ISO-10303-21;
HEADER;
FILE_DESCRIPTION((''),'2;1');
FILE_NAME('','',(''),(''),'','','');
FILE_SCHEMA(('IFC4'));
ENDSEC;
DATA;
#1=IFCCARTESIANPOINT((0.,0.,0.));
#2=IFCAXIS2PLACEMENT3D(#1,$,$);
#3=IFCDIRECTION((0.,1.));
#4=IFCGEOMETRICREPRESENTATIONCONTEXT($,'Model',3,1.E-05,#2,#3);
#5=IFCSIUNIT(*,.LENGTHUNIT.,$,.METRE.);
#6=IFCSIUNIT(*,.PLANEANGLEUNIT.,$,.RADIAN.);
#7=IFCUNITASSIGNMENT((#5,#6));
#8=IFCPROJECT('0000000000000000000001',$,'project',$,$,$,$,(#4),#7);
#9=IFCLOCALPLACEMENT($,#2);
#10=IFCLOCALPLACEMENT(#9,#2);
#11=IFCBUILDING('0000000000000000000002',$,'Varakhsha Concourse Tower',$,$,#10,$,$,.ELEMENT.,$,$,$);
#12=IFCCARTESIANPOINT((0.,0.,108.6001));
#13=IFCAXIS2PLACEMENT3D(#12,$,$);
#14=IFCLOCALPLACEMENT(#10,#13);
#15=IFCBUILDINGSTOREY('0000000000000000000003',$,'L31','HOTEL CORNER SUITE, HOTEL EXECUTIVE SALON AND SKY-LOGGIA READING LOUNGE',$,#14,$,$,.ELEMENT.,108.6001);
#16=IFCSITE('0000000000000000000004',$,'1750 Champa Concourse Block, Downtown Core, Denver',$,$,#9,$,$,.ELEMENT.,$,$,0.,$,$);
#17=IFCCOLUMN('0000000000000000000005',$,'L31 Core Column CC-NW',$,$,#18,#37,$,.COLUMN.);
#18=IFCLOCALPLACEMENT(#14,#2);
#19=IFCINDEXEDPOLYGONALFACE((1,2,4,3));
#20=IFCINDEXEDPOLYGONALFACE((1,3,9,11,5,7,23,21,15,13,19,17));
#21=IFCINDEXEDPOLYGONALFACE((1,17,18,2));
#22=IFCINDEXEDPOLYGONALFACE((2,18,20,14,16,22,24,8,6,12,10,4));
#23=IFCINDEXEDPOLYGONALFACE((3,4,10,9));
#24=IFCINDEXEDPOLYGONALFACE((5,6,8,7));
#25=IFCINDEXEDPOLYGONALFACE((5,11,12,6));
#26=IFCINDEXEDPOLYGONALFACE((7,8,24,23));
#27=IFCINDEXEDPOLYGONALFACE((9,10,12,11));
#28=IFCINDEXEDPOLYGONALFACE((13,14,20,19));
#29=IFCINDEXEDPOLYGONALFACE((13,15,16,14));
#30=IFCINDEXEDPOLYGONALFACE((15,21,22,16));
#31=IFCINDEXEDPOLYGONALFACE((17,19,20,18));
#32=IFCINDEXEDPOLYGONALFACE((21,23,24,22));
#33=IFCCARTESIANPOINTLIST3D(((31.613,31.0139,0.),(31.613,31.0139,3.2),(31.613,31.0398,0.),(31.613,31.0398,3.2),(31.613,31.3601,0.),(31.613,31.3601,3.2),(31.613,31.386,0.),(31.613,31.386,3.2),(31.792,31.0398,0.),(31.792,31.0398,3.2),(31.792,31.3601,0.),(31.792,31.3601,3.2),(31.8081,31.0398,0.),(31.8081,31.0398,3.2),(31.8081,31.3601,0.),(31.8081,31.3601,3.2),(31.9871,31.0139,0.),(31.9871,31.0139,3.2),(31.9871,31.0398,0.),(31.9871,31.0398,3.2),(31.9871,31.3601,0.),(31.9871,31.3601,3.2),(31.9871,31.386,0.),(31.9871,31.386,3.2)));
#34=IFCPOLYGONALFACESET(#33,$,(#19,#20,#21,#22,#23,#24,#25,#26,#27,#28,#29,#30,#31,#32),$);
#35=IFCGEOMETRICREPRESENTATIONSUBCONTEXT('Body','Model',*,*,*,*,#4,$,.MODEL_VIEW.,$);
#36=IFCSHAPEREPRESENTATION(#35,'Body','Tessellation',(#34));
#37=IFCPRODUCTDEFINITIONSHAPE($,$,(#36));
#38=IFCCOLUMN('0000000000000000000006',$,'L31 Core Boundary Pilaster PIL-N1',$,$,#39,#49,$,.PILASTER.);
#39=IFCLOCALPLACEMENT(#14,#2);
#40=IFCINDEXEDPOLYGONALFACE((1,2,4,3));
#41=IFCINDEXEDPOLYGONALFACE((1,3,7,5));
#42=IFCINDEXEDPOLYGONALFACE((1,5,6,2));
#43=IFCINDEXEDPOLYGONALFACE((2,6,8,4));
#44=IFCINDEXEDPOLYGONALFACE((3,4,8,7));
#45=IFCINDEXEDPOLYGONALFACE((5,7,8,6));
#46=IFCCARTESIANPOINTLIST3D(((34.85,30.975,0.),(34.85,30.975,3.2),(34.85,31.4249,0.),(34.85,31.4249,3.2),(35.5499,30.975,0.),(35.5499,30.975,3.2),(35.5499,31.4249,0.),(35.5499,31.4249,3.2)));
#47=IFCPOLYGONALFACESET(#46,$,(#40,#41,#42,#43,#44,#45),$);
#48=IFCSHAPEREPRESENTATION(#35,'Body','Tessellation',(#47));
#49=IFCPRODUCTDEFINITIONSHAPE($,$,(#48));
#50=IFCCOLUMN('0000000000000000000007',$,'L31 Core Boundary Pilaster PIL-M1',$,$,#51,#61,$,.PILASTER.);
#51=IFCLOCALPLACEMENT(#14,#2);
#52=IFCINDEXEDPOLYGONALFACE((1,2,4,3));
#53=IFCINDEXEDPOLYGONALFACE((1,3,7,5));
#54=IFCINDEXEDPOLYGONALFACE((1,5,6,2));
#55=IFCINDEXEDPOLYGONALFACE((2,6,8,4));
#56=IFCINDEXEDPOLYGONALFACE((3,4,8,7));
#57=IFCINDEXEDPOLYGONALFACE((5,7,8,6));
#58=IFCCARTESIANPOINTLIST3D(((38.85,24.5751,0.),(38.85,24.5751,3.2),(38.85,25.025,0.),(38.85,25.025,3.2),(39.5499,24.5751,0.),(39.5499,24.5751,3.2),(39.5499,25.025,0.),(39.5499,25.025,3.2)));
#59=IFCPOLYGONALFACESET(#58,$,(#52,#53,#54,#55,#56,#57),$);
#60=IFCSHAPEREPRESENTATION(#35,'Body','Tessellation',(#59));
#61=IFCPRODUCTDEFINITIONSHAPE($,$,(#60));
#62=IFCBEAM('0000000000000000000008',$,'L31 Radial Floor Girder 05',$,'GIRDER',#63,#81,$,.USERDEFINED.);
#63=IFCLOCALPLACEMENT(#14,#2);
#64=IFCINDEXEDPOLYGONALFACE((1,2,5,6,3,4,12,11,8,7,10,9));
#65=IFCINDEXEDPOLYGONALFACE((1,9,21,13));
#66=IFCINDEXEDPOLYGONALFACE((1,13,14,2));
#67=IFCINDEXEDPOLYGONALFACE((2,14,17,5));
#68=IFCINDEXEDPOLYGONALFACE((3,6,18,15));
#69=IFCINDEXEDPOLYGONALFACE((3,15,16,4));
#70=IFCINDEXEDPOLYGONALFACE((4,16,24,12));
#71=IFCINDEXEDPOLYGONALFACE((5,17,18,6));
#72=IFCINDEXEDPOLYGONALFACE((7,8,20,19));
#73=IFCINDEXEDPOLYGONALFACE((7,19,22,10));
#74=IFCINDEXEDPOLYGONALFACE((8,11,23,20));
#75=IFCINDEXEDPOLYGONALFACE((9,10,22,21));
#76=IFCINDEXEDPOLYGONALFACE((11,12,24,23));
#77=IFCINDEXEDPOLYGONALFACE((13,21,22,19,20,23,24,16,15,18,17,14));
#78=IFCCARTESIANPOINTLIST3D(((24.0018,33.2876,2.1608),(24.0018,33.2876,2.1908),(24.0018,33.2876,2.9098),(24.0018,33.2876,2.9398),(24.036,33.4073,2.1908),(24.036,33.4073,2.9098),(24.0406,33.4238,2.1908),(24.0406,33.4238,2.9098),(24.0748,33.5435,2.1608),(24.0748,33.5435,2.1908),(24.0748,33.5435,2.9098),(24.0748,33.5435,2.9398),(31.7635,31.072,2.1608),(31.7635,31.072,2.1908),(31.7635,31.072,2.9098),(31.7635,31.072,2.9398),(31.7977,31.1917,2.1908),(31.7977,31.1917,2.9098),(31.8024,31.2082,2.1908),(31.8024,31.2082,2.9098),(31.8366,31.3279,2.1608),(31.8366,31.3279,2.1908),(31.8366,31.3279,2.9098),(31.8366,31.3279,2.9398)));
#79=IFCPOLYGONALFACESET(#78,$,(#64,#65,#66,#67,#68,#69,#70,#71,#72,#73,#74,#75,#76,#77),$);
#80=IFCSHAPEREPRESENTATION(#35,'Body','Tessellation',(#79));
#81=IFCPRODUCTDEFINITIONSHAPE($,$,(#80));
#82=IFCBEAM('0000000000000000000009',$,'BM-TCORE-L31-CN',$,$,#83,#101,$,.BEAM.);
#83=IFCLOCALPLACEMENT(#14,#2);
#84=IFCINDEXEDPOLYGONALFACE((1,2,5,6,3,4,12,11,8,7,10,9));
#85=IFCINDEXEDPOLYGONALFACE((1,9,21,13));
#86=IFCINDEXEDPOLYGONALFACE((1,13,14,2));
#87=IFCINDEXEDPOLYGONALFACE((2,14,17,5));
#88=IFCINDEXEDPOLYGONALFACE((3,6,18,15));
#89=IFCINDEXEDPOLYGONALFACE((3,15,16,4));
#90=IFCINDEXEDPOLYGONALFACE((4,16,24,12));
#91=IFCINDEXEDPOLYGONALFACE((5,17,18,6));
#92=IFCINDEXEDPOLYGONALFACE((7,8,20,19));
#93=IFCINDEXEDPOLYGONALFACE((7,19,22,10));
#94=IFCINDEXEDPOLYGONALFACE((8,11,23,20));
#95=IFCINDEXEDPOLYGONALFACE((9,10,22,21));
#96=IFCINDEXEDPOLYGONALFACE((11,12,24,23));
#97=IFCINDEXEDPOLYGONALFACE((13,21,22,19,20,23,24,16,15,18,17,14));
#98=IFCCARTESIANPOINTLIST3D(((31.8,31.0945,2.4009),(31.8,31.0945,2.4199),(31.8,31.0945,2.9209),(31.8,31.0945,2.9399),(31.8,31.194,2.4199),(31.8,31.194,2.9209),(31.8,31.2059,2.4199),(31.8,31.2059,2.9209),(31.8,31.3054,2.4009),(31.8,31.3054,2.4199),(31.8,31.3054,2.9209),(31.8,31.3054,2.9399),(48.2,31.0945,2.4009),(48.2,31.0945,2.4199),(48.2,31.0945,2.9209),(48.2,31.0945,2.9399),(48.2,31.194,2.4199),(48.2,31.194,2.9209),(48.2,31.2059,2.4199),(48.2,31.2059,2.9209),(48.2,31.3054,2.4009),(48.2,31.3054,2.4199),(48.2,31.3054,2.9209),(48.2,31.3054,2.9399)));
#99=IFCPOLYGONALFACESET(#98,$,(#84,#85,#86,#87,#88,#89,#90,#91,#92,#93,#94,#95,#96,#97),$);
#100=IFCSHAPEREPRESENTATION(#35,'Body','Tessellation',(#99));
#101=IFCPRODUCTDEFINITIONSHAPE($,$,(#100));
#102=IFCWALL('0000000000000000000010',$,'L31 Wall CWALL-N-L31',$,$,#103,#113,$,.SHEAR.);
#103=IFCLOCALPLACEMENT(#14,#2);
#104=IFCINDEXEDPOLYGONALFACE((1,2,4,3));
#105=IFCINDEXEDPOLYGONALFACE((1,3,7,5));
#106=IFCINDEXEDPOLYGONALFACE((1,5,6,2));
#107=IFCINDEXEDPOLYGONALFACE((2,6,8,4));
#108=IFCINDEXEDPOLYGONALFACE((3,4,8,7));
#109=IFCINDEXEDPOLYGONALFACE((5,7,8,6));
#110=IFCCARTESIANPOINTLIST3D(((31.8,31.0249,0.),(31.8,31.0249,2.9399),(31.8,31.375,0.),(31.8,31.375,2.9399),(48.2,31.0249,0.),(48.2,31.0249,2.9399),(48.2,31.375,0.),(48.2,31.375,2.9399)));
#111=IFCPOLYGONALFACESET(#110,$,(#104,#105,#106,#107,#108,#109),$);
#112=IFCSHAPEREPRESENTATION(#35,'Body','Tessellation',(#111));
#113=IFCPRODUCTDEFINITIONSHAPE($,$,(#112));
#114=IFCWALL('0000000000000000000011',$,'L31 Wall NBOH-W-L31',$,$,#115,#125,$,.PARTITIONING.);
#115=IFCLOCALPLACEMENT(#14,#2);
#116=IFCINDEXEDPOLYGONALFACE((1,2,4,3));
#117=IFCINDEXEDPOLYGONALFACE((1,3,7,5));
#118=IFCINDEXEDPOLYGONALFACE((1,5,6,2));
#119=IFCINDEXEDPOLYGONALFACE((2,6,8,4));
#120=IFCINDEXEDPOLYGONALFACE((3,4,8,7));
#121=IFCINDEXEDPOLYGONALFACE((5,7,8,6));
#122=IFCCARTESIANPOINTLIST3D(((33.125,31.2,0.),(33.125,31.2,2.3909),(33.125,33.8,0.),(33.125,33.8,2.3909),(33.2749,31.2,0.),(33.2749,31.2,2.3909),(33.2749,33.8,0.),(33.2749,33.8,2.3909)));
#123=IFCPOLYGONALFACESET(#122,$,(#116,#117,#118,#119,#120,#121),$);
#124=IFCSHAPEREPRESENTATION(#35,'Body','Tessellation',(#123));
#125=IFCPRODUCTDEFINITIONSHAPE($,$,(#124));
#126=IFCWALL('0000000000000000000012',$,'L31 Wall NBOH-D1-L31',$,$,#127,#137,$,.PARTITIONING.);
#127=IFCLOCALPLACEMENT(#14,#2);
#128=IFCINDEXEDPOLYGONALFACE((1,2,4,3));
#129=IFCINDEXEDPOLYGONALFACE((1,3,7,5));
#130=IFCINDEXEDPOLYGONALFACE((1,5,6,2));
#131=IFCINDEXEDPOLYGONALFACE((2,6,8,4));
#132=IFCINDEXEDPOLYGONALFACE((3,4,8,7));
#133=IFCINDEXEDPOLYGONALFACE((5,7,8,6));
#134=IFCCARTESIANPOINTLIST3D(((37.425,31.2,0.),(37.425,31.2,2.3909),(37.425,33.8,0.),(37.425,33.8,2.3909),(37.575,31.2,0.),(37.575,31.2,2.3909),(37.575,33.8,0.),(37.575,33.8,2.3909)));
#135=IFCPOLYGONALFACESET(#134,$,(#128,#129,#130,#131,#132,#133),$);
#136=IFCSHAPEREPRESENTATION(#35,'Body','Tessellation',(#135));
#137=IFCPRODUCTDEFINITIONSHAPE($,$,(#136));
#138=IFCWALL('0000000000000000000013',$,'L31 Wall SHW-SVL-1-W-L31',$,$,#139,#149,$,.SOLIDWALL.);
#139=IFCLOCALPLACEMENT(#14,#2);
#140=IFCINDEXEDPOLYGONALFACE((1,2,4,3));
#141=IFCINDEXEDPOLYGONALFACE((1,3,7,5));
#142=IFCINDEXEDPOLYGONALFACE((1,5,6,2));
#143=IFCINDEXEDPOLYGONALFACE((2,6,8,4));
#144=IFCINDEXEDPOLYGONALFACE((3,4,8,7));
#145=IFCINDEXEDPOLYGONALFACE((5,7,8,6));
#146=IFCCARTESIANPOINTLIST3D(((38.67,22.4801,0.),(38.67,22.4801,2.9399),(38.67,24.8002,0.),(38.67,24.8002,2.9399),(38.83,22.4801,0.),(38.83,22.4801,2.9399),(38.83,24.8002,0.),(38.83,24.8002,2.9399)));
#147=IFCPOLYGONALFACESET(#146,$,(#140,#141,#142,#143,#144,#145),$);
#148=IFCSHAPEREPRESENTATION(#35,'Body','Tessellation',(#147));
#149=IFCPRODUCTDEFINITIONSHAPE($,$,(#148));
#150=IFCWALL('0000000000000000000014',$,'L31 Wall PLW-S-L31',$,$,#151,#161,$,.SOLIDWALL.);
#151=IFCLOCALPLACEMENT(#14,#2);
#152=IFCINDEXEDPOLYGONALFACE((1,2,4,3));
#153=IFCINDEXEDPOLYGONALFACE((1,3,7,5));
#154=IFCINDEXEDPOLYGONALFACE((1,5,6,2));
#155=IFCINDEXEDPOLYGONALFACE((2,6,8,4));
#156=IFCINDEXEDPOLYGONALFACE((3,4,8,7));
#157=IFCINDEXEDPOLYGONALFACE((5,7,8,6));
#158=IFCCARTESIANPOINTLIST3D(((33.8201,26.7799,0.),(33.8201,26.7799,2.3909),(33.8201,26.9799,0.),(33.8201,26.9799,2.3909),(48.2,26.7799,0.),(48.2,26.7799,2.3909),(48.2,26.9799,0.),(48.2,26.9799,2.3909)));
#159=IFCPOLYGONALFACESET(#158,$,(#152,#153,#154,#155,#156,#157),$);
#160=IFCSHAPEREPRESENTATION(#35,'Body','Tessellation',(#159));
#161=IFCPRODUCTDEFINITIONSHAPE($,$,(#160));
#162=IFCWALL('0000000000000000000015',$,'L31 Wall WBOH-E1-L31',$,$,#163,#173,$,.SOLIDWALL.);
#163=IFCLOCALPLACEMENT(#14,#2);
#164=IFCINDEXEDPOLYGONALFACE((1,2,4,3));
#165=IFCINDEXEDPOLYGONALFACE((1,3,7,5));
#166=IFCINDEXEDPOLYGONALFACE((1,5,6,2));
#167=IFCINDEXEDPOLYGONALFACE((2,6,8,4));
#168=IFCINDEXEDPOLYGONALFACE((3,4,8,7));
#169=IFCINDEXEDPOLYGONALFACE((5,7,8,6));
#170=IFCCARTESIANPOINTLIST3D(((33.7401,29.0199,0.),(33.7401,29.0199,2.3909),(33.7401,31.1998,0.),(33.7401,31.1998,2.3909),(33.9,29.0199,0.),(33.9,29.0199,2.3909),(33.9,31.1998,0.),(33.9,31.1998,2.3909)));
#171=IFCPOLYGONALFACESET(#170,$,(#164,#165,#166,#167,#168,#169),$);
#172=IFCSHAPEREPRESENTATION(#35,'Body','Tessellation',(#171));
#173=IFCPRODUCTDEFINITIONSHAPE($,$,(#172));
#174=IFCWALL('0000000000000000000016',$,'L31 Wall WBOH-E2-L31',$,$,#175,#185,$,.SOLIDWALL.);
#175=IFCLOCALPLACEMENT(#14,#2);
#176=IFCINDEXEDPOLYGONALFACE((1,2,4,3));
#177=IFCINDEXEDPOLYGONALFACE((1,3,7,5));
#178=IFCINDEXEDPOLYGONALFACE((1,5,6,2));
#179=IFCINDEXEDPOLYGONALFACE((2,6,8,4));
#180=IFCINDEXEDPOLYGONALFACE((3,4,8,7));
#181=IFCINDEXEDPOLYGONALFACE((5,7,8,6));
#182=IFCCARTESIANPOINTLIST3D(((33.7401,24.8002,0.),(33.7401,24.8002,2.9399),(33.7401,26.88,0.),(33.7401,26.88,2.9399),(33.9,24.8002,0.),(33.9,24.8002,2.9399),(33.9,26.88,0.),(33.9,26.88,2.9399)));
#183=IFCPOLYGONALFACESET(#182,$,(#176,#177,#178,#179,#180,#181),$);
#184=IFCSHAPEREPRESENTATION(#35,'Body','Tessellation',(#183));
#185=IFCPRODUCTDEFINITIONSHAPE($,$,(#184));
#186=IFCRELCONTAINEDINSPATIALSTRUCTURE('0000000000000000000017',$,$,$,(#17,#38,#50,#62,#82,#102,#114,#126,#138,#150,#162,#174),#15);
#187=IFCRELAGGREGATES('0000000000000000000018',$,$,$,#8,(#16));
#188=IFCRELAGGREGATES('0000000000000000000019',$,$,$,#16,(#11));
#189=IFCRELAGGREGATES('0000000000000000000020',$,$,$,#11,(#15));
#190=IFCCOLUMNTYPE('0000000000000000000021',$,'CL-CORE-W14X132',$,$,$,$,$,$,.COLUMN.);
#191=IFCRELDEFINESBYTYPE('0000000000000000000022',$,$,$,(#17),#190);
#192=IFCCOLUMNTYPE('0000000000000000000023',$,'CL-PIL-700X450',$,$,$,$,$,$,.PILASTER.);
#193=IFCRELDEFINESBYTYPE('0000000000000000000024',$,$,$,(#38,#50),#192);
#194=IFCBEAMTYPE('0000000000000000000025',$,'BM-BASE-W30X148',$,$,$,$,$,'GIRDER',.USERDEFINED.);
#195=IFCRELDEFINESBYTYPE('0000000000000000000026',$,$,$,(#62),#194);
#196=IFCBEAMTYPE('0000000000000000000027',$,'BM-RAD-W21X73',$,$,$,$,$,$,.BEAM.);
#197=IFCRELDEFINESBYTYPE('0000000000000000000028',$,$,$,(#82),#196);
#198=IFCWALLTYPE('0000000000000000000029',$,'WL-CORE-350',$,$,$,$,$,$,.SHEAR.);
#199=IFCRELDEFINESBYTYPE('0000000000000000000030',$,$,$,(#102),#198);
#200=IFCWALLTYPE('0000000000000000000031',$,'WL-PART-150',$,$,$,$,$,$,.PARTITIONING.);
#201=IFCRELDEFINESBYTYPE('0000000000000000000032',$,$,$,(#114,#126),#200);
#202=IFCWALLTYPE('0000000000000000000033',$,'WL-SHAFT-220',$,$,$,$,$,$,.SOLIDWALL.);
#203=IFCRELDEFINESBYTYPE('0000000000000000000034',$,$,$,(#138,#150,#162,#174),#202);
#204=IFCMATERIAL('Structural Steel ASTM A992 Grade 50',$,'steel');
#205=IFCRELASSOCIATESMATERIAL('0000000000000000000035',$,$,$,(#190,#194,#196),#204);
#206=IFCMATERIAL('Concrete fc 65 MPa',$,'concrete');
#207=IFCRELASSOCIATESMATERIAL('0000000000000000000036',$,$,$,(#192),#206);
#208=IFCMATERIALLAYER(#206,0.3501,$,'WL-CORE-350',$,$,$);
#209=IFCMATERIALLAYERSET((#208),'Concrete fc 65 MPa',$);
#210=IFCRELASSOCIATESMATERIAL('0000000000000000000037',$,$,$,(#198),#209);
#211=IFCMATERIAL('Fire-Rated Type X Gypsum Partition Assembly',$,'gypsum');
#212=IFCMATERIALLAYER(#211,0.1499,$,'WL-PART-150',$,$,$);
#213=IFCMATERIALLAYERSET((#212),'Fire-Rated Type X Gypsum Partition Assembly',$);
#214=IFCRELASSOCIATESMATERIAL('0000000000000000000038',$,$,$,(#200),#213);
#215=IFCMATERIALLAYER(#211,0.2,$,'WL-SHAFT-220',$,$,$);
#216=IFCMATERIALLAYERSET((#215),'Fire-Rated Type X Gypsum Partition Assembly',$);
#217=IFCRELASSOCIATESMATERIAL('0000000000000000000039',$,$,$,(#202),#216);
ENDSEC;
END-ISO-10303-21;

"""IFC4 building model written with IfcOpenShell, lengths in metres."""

from ifc_helpers import new_model, si_unit, direction, frame, frame_2d, origin, origin_2d, place, context, subcontext, project, spatial, rectangle, i_section, extrude, material, layer, layer_set, material_profile, profile_set, type_object, element, save


model = new_model("IFC4")

# Units and contexts
model_context = context("Model", 3, precision=1e-05, world=origin(), true_north=direction((0.0, 1.0)))
body_context = subcontext(model_context, "Body", "Model", "MODEL_VIEW")
ifc_project = project(units=[si_unit("LENGTHUNIT", "METRE"), si_unit("PLANEANGLEUNIT", "RADIAN")], contexts=[model_context])

# Site, building, storey
site_placement = place(None, origin())
site = spatial("IfcSite", under=ifc_project, at=site_placement, Name="1750 Champa Concourse Block, Downtown Core, Denver", CompositionType="ELEMENT", RefElevation=0.0)
building_placement = place(site_placement, origin())
building = spatial("IfcBuilding", under=site, at=building_placement, Name="Varakhsha Concourse Tower", CompositionType="ELEMENT")
storey_placement = place(building_placement, frame((0.0, 0.0, 108.6001)))
storey = spatial("IfcBuildingStorey", under=building, at=storey_placement, Name="L31", Description="HOTEL CORNER SUITE, HOTEL EXECUTIVE SALON AND SKY-LOGGIA READING LOUNGE", CompositionType="ELEMENT", Elevation=108.6001)

# Columns
ifc_material_1 = material(Name="Structural Steel ASTM A992 Grade 50", Category="steel")
ifc_material_profile_1 = material_profile(ifc_material_1, i_section(OverallWidth=0.374, OverallDepth=0.3721, WebThickness=0.0161, FlangeThickness=0.0259, at=origin_2d()), Name="W14X132")
ifc_profile_set_1 = profile_set([ifc_material_profile_1], Name="Structural Steel ASTM A992 Grade 50")
column_type_1 = type_object("IfcColumnType", Name="CL-CORE-W14X132", PredefinedType="COLUMN", material=ifc_profile_set_1)
column_placement = place(storey_placement, frame((31.8, 31.2, 0.0), z_axis=(0.0, 0.0, 1.0), x_axis=(1.0, 0.0, 0.0)))
element("IfcColumn", 1, at=column_placement, inside=storey, type_object=column_type_1, Name="L31 Core Column CC-NW", PredefinedType="COLUMN", context=body_context, shape_type="SweptSolid", body=[
    extrude(i_section(OverallWidth=0.374, OverallDepth=0.3721, WebThickness=0.0161, FlangeThickness=0.0259, at=origin_2d()), origin(), (0.0, 0.0, 1.0), 3.2),
])
ifc_material_2 = material(Name="Concrete fc 65 MPa", Category="concrete")
ifc_material_profile_2 = material_profile(ifc_material_2, rectangle(XDim=0.7, YDim=0.45, at=origin_2d()), Name="RC 700x450")
ifc_profile_set_2 = profile_set([ifc_material_profile_2], Name="Concrete fc 65 MPa")
column_type_2 = type_object("IfcColumnType", Name="CL-PIL-700X450", PredefinedType="PILASTER", material=ifc_profile_set_2)
for number, where, z_axis, x_axis, name in (
    (2, (35.2, 31.2, 0.0), (0.0, 0.0, 1.0), (1.0, 0.0, 0.0), "L31 Core Boundary Pilaster PIL-N1"),
    (3, (39.2, 24.8, 0.0), (0.0, 0.0, 1.0), (1.0, 0.0, 0.0), "L31 Core Boundary Pilaster PIL-M1"),
):
    element("IfcColumn", number, at=place(storey_placement, frame(where, z_axis=z_axis, x_axis=x_axis)), inside=storey, type_object=column_type_2, Name=name, PredefinedType="PILASTER", context=body_context, shape_type="SweptSolid", body=[
        extrude(rectangle(XDim=0.7, YDim=0.45, at=origin_2d()), origin(), (0.0, 0.0, 1.0), 3.2),
    ])

# Beams
ifc_material_profile_3 = material_profile(ifc_material_1, i_section(OverallWidth=0.2661, OverallDepth=0.7791, WebThickness=0.0171, FlangeThickness=0.03, at=origin_2d()), Name="W30X148")
ifc_profile_set_3 = profile_set([ifc_material_profile_3], Name="Structural Steel ASTM A992 Grade 50")
beam_type_1 = type_object("IfcBeamType", Name="BM-BASE-W30X148", ElementType="GIRDER", PredefinedType="USERDEFINED", material=ifc_profile_set_3)
beam_1_placement = place(storey_placement, frame((31.8, 31.2, 2.5503), z_axis=(-0.961591, 0.274485, 0.0), x_axis=(-0.274485, -0.961591, 0.0)))
element("IfcBeam", 4, at=beam_1_placement, inside=storey, type_object=beam_type_1, Name="L31 Radial Floor Girder 05", ObjectType="GIRDER", PredefinedType="USERDEFINED", context=body_context, shape_type="SweptSolid", body=[
    extrude(i_section(OverallWidth=0.2661, OverallDepth=0.7791, WebThickness=0.0171, FlangeThickness=0.03, at=origin_2d()), origin(), (0.0, 0.0, 1.0), 8.0718),
])
ifc_material_profile_4 = material_profile(ifc_material_1, i_section(OverallWidth=0.2109, OverallDepth=0.5391, WebThickness=0.012, FlangeThickness=0.019, at=origin_2d()), Name="W21X73")
ifc_profile_set_4 = profile_set([ifc_material_profile_4], Name="Structural Steel ASTM A992 Grade 50")
beam_type_2 = type_object("IfcBeamType", Name="BM-RAD-W21X73", PredefinedType="BEAM", material=ifc_profile_set_4)
beam_2_placement = place(storey_placement, frame((31.8, 31.2, 2.6704), z_axis=(1.0, 0.0, 0.0), x_axis=(0.0, 1.0, 0.0)))
element("IfcBeam", 5, at=beam_2_placement, inside=storey, type_object=beam_type_2, Name="BM-TCORE-L31-CN", PredefinedType="BEAM", context=body_context, shape_type="SweptSolid", body=[
    extrude(i_section(OverallWidth=0.2109, OverallDepth=0.5391, WebThickness=0.012, FlangeThickness=0.019, at=origin_2d()), origin(), (0.0, 0.0, 1.0), 16.3999),
])

# Walls
ifc_layer_1 = layer(ifc_material_2, 0.3501, Name="WL-CORE-350")
ifc_layer_set_1 = layer_set([ifc_layer_1], Name="Concrete fc 65 MPa")
wall_type_1 = type_object("IfcWallType", Name="WL-CORE-350", PredefinedType="SHEAR", material=ifc_layer_set_1)
wall_1_placement = place(storey_placement, frame((31.8, 31.2, 0.0), z_axis=(0.0, 0.0, 1.0), x_axis=(1.0, 0.0, 0.0)))
element("IfcWall", 6, at=wall_1_placement, inside=storey, type_object=wall_type_1, Name="L31 Wall CWALL-N-L31", PredefinedType="SHEAR", context=body_context, shape_type="SweptSolid", body=[
    extrude(rectangle(XDim=16.3999, YDim=0.3501, at=frame_2d((8.2, 0.0))), origin(), (0.0, 0.0, 1.0), 2.9399),
])
ifc_material_3 = material(Name="Fire-Rated Type X Gypsum Partition Assembly", Category="gypsum")
ifc_layer_2 = layer(ifc_material_3, 0.1499, Name="WL-PART-150")
ifc_layer_set_2 = layer_set([ifc_layer_2], Name="Fire-Rated Type X Gypsum Partition Assembly")
wall_type_2 = type_object("IfcWallType", Name="WL-PART-150", PredefinedType="PARTITIONING", material=ifc_layer_set_2)
for number, where, z_axis, x_axis, name in (
    (7, (33.2, 31.2, 0.0), (0.0, 0.0, 1.0), (0.0, 1.0, 0.0), "L31 Wall NBOH-W-L31"),
    (8, (37.5, 31.2, 0.0), (0.0, 0.0, 1.0), (0.0, 1.0, 0.0), "L31 Wall NBOH-D1-L31"),
):
    element("IfcWall", number, at=place(storey_placement, frame(where, z_axis=z_axis, x_axis=x_axis)), inside=storey, type_object=wall_type_2, Name=name, PredefinedType="PARTITIONING", context=body_context, shape_type="SweptSolid", body=[
        extrude(rectangle(XDim=2.6001, YDim=0.1499, at=frame_2d((1.3, 0.0))), origin(), (0.0, 0.0, 1.0), 2.3909),
    ])
ifc_layer_3 = layer(ifc_material_3, 0.2, Name="WL-SHAFT-220")
ifc_layer_set_3 = layer_set([ifc_layer_3], Name="Fire-Rated Type X Gypsum Partition Assembly")
wall_type_3 = type_object("IfcWallType", Name="WL-SHAFT-220", PredefinedType="SOLIDWALL", material=ifc_layer_set_3)
wall_2_placement = place(storey_placement, frame((38.75, 22.48, 0.0), z_axis=(0.0, 0.0, 1.0), x_axis=(0.0, 1.0, 0.0)))
element("IfcWall", 9, at=wall_2_placement, inside=storey, type_object=wall_type_3, Name="L31 Wall SHW-SVL-1-W-L31", PredefinedType="SOLIDWALL", context=body_context, shape_type="SweptSolid", body=[
    extrude(rectangle(XDim=2.3201, YDim=0.1599, at=frame_2d((1.1602, 0.0))), origin(), (0.0, 0.0, 1.0), 2.9399),
])

# Walls
wall_3_placement = place(storey_placement, frame((33.8201, 26.8799, 0.0), z_axis=(0.0, 0.0, 1.0), x_axis=(1.0, 0.0, 0.0)))
element("IfcWall", 10, at=wall_3_placement, inside=storey, type_object=wall_type_3, Name="L31 Wall PLW-S-L31", PredefinedType="SOLIDWALL", context=body_context, shape_type="SweptSolid", body=[
    extrude(rectangle(XDim=14.3799, YDim=0.2, at=frame_2d((7.1899, 0.0))), origin(), (0.0, 0.0, 1.0), 2.3909),
])
wall_4_placement = place(storey_placement, frame((33.8201, 29.02, 0.0), z_axis=(0.0, 0.0, 1.0), x_axis=(0.0, 1.0, 0.0)))
element("IfcWall", 11, at=wall_4_placement, inside=storey, type_object=wall_type_3, Name="L31 Wall WBOH-E1-L31", PredefinedType="SOLIDWALL", context=body_context, shape_type="SweptSolid", body=[
    extrude(rectangle(XDim=2.1799, YDim=0.1599, at=frame_2d((1.0898, 0.0))), origin(), (0.0, 0.0, 1.0), 2.3909),
])
wall_5_placement = place(storey_placement, frame((33.8201, 24.8, 0.0), z_axis=(0.0, 0.0, 1.0), x_axis=(0.0, 1.0, 0.0)))
element("IfcWall", 12, at=wall_5_placement, inside=storey, type_object=wall_type_3, Name="L31 Wall WBOH-E2-L31", PredefinedType="SOLIDWALL", context=body_context, shape_type="SweptSolid", body=[
    extrude(rectangle(XDim=2.0798, YDim=0.1599, at=frame_2d((1.04, 0.0))), origin(), (0.0, 0.0, 1.0), 2.9399),
])

save(model, "model.ifc")
